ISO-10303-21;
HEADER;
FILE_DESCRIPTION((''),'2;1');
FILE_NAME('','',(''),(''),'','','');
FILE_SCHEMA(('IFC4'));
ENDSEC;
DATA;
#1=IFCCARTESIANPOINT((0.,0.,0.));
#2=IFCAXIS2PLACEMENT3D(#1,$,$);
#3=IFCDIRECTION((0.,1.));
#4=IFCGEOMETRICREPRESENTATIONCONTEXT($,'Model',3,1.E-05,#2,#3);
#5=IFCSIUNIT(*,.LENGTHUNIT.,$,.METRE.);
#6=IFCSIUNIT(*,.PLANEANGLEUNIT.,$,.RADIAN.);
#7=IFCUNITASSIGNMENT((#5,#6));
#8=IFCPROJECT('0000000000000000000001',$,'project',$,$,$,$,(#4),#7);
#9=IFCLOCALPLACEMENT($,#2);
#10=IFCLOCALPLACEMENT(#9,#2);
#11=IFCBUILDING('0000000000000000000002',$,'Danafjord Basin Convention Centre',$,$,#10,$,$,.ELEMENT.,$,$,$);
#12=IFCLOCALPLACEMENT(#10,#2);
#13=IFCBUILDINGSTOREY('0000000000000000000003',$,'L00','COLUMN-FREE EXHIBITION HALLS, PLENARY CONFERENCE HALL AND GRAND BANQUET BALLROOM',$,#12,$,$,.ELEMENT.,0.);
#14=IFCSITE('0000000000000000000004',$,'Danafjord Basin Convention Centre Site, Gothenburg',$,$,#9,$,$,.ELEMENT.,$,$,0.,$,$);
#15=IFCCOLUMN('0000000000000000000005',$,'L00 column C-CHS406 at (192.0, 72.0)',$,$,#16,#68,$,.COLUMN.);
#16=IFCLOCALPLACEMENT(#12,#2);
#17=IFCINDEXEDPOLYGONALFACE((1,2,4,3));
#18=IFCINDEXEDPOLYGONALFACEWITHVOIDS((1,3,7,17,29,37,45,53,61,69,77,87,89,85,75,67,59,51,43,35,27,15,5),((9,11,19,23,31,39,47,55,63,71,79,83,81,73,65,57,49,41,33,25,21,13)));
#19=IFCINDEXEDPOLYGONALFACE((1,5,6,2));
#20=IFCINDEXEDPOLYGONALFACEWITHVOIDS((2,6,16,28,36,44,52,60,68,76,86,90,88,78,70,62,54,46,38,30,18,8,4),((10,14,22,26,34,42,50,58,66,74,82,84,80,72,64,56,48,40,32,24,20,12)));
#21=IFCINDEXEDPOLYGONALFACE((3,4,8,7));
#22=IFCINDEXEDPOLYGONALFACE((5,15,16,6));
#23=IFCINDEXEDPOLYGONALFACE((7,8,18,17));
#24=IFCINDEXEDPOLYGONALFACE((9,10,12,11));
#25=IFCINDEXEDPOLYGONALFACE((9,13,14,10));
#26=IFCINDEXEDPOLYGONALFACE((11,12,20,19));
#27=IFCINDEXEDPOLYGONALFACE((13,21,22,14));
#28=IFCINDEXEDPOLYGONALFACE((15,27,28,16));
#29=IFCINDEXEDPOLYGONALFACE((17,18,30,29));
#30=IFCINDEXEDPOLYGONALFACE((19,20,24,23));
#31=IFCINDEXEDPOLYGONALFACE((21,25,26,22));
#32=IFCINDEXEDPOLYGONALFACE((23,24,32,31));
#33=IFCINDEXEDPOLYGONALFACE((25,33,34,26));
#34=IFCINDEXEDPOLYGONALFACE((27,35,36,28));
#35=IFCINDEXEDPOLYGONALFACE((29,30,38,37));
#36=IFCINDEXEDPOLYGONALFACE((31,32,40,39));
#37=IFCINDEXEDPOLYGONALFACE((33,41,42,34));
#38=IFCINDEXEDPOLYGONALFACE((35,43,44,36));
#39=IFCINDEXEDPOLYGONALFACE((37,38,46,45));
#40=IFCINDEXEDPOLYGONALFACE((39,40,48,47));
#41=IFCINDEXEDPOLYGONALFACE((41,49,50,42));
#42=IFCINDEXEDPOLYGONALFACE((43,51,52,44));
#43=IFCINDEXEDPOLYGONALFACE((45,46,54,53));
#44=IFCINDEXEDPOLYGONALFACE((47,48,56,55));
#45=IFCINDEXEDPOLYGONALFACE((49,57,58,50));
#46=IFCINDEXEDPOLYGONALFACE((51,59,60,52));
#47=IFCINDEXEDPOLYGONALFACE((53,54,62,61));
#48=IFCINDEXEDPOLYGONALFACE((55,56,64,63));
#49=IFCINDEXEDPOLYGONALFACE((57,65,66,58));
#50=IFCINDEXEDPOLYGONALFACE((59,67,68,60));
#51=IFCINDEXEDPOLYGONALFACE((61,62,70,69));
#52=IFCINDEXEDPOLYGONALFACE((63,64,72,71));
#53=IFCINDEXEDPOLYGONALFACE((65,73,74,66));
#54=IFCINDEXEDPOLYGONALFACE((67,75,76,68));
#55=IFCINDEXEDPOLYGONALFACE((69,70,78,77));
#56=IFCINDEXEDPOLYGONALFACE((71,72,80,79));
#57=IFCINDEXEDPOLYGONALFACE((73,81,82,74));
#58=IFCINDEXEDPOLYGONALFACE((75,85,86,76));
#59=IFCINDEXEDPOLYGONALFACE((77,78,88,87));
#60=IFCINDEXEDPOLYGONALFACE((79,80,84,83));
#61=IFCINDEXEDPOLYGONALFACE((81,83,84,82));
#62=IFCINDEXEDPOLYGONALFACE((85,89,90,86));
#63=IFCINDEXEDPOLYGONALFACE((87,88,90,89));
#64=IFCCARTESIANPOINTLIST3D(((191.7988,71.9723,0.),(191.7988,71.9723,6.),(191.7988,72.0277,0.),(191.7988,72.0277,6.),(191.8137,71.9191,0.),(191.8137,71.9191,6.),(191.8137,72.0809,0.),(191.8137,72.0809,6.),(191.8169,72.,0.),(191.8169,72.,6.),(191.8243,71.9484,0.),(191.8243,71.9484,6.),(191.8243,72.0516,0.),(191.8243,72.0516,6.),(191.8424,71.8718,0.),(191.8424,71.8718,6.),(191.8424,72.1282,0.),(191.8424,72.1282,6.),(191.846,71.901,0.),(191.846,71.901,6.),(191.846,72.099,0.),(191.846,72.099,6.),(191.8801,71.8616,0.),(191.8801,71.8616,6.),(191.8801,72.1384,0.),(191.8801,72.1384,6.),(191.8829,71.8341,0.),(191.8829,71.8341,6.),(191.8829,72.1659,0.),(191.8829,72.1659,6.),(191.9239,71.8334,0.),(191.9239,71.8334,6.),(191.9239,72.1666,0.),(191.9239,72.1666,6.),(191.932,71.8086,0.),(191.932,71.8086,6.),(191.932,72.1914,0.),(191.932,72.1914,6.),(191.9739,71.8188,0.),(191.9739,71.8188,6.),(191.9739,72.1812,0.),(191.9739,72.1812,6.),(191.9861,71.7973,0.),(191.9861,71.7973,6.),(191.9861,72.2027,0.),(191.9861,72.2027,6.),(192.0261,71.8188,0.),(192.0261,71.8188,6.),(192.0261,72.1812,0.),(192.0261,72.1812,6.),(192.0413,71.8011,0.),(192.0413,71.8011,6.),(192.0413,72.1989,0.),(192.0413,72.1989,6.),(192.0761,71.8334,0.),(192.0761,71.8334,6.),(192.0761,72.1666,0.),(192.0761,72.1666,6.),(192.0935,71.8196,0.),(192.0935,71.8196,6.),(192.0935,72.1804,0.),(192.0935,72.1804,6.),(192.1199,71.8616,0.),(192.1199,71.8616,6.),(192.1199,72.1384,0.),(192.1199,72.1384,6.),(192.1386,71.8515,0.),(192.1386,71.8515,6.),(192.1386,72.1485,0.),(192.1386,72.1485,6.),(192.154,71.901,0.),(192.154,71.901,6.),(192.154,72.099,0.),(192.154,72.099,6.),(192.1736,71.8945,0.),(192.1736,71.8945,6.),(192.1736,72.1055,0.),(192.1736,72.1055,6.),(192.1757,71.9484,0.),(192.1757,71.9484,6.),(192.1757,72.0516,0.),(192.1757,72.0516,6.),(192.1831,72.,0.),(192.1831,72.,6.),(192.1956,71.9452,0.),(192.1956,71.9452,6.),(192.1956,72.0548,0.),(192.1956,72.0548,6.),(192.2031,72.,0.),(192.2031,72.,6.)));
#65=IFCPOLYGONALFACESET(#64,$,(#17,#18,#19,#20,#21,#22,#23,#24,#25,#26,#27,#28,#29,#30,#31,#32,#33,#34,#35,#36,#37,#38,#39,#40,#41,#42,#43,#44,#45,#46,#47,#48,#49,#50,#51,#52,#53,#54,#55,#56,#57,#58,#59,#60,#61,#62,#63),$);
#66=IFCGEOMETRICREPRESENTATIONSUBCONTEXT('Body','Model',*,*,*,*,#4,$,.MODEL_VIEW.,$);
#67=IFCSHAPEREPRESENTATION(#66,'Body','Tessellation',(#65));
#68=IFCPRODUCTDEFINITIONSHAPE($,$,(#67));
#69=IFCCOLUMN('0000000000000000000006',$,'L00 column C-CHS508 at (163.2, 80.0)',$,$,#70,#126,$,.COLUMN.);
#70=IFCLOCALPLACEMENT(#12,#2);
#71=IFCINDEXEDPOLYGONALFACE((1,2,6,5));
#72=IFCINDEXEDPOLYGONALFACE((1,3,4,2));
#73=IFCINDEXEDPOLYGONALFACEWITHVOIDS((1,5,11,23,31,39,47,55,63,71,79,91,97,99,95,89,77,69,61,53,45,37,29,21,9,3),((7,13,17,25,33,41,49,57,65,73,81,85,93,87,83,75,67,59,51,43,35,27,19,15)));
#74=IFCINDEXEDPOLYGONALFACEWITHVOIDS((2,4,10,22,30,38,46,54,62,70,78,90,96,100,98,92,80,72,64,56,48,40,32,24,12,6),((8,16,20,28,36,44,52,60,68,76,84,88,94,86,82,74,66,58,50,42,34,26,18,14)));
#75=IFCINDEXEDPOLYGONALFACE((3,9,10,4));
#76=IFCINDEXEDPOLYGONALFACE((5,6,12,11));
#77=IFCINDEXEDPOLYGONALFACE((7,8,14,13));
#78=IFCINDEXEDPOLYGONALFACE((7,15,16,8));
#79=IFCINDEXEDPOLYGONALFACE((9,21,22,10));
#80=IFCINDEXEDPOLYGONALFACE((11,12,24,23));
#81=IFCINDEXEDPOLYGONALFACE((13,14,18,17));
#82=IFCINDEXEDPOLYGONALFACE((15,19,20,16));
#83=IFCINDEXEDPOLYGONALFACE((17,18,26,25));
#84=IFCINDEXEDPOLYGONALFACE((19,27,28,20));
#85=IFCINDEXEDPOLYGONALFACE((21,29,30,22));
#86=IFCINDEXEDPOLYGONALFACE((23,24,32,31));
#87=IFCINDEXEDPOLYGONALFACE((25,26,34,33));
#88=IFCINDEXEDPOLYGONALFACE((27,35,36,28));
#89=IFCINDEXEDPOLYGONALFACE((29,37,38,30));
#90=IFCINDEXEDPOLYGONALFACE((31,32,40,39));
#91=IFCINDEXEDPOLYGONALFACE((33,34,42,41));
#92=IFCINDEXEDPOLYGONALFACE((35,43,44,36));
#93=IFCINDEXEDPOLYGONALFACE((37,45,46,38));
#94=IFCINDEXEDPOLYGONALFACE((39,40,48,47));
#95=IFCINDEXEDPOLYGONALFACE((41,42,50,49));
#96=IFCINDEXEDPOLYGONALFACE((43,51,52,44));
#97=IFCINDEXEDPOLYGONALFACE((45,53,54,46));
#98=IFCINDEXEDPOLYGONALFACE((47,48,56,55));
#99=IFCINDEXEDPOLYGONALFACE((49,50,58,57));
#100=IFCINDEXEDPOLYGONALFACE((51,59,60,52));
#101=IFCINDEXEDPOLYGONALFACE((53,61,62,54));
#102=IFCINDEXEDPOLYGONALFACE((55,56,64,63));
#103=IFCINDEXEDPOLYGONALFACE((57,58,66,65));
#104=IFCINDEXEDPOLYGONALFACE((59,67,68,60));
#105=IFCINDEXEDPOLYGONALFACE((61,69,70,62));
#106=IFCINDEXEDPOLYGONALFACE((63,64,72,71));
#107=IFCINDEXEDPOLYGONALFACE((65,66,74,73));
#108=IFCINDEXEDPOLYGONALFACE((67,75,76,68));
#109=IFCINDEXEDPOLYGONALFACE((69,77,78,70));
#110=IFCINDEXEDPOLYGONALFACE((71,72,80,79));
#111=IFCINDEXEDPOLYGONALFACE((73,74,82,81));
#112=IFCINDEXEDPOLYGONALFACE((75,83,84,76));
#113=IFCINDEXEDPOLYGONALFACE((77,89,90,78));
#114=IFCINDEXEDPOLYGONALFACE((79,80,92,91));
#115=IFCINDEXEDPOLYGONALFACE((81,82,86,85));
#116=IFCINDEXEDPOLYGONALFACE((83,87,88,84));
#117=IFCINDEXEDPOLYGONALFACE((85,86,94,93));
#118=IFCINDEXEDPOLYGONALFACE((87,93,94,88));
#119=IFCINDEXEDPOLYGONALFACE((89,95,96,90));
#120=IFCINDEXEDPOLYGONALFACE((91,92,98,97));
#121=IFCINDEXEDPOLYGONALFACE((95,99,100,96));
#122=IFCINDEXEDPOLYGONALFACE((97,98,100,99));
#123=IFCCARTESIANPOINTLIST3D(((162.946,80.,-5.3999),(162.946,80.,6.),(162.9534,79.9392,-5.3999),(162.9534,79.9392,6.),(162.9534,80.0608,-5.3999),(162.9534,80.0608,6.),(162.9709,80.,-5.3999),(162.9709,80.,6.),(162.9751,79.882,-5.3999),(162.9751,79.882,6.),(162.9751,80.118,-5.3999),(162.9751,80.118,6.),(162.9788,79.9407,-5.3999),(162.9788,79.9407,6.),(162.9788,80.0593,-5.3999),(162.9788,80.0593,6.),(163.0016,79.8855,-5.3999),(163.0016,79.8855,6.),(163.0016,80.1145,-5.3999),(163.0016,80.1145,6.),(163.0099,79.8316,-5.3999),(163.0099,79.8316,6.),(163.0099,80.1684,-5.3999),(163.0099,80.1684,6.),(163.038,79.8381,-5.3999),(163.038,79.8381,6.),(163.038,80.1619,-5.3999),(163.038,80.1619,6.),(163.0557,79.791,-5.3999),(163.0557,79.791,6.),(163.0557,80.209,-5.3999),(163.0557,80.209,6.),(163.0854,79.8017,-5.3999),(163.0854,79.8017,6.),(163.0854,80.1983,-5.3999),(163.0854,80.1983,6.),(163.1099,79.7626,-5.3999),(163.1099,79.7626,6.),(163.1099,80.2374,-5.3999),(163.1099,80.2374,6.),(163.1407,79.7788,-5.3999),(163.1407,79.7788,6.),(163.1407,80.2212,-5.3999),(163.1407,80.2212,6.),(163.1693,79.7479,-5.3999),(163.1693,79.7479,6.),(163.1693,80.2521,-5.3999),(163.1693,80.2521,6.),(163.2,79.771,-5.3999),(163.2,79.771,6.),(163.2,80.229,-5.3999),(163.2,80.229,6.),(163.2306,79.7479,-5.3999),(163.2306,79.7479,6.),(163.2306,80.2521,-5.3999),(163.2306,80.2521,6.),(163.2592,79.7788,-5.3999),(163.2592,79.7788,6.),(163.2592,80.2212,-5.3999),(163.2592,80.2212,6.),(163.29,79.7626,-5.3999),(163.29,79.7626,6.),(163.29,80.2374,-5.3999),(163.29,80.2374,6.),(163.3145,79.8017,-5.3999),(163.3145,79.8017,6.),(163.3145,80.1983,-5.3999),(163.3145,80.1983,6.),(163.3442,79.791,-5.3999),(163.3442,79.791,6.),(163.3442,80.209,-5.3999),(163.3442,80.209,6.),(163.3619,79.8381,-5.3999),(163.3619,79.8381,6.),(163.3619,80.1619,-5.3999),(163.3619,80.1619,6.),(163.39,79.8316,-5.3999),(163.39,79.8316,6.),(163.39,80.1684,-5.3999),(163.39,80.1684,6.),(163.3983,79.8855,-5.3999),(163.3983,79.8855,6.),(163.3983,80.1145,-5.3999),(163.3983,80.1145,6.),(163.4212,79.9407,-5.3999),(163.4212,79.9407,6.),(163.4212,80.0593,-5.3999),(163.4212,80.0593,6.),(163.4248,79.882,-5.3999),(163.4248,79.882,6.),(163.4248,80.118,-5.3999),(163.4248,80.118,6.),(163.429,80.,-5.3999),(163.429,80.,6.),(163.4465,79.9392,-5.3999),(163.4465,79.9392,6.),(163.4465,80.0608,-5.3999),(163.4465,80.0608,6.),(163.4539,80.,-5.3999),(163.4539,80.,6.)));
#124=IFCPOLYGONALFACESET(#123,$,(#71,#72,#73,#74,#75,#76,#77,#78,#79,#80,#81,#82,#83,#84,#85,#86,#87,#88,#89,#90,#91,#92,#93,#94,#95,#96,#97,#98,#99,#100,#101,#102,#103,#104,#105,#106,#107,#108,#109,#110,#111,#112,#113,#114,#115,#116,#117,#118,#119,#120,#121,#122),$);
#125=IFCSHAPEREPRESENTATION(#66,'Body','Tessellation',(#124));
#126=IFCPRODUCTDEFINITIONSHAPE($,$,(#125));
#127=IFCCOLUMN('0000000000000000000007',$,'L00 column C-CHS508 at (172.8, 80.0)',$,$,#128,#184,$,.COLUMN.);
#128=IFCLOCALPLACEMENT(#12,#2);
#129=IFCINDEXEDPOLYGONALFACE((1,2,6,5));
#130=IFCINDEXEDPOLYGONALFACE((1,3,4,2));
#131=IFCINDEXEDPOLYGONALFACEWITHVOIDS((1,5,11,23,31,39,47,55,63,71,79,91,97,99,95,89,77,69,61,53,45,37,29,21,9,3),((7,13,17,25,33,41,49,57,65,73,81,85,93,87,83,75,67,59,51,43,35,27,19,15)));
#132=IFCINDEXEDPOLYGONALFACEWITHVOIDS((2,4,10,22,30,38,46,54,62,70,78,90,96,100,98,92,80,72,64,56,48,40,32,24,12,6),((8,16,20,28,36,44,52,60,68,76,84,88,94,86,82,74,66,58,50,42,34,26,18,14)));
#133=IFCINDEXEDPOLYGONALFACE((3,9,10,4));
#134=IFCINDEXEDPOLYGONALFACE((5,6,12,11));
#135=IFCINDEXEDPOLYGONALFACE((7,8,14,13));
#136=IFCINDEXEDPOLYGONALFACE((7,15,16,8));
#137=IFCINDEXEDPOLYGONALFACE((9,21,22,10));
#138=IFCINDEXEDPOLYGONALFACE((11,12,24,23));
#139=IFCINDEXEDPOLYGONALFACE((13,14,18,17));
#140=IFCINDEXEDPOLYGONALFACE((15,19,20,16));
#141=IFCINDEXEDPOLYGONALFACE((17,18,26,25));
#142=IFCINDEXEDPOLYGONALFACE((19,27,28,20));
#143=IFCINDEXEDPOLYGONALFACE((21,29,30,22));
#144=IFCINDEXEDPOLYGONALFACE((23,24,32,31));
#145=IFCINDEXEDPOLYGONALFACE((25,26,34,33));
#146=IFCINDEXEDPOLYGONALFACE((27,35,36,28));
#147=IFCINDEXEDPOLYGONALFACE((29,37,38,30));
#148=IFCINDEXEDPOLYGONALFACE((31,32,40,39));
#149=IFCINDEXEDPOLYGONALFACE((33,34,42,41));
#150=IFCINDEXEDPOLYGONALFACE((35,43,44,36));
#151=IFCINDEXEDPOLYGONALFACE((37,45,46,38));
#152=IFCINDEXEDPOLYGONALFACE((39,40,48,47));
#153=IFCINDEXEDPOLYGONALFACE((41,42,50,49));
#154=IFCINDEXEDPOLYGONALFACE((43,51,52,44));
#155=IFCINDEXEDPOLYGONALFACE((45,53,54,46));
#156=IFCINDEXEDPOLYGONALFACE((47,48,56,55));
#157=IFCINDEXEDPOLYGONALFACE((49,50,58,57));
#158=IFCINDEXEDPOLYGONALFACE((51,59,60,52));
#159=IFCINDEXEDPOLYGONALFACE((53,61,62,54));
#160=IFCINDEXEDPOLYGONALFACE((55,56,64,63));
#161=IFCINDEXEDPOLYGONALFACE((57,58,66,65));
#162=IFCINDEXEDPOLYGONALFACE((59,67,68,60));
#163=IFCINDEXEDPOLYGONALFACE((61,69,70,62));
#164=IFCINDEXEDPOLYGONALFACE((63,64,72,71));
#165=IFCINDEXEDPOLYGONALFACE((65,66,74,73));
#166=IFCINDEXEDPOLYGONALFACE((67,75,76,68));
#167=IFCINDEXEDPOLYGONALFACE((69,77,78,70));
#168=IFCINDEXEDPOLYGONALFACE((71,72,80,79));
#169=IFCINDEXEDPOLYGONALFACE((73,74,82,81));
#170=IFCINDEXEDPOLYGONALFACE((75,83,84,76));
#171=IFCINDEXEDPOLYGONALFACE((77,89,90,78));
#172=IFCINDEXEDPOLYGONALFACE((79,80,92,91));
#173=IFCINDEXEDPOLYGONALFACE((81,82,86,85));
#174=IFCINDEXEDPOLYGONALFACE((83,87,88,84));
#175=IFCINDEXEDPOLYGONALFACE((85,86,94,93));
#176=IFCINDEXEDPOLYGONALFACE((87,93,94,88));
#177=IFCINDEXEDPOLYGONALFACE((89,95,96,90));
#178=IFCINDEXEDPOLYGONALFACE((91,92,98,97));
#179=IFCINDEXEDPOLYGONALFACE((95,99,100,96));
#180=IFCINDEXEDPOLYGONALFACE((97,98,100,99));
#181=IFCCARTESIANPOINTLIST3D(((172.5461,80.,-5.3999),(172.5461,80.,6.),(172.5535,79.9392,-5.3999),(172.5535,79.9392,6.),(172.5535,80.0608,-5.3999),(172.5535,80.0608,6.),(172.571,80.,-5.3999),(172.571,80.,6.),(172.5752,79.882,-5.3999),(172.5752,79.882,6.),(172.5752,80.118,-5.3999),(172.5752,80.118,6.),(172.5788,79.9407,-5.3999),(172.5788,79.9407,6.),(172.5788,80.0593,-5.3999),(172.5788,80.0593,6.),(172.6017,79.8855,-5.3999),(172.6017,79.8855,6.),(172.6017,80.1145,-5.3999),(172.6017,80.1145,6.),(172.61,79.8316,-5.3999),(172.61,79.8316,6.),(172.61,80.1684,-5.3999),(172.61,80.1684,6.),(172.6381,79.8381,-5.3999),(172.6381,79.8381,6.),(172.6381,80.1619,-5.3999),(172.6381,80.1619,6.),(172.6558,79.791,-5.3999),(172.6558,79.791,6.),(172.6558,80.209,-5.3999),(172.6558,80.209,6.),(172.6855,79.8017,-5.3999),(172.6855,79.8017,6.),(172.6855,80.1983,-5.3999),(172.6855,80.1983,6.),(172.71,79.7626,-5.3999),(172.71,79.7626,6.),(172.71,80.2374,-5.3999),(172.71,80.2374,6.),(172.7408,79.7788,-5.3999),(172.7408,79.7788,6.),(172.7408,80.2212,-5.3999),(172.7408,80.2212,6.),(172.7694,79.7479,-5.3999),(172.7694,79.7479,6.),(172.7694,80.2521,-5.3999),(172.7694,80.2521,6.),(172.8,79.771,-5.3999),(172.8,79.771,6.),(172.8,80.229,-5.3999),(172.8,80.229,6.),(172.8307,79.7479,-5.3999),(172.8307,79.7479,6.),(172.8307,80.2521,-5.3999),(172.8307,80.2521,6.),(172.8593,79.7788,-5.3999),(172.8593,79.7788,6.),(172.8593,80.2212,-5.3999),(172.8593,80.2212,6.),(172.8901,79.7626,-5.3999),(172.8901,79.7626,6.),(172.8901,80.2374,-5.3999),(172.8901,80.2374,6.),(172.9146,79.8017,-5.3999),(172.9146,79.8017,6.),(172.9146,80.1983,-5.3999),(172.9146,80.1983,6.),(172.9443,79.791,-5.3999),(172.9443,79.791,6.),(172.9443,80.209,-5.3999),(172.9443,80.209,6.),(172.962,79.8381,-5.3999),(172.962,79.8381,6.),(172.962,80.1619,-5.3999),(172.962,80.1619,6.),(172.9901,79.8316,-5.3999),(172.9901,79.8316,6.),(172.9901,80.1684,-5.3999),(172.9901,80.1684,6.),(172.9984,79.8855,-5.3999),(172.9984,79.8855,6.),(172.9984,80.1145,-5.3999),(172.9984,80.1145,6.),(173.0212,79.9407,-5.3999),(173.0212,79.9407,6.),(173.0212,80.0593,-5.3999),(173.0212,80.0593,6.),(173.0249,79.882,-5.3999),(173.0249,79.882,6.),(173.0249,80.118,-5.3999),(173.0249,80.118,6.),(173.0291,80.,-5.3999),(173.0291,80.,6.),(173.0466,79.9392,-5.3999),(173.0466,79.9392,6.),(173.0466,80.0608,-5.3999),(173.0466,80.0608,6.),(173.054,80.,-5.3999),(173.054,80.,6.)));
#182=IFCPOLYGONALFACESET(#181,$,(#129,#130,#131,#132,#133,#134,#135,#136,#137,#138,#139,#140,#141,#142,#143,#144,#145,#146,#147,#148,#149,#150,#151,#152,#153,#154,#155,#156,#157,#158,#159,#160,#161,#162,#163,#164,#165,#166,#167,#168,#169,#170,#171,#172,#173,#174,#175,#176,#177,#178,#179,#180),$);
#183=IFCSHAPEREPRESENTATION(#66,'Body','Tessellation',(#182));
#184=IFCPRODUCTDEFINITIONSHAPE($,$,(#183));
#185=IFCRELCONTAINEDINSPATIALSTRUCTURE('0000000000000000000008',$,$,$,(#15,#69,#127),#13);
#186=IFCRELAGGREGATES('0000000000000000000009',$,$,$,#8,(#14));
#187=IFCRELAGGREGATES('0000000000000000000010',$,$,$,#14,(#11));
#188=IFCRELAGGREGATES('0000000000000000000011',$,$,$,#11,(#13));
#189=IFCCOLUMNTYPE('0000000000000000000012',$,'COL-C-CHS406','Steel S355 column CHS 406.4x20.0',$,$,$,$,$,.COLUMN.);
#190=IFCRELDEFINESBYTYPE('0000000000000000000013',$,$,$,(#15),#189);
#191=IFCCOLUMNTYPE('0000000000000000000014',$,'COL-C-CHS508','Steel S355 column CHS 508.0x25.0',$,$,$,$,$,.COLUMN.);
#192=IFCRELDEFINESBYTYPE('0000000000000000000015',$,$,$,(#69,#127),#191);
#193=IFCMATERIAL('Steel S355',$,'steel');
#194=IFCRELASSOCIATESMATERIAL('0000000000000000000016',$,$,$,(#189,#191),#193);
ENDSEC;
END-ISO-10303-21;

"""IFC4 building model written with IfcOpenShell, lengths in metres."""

from ifc_helpers import new_model, si_unit, direction, frame, origin, origin_2d, place, context, subcontext, project, spatial, hollow_circle, extrude, material, material_profile, profile_set, type_object, element, save


model = new_model("IFC4")

# Units and contexts
model_context = context("Model", 3, precision=1e-05, world=origin(), true_north=direction((0.0, 1.0)))
body_context = subcontext(model_context, "Body", "Model", "MODEL_VIEW")
ifc_project = project(units=[si_unit("LENGTHUNIT", "METRE"), si_unit("PLANEANGLEUNIT", "RADIAN")], contexts=[model_context])

# Site, building, storey
site_placement = place(None, origin())
site = spatial("IfcSite", under=ifc_project, at=site_placement, Name="Danafjord Basin Convention Centre Site, Gothenburg", CompositionType="ELEMENT", RefElevation=0.0)
building_placement = place(site_placement, origin())
building = spatial("IfcBuilding", under=site, at=building_placement, Name="Danafjord Basin Convention Centre", CompositionType="ELEMENT")
storey_placement = place(building_placement, origin())
storey = spatial("IfcBuildingStorey", under=building, at=storey_placement, Name="L00", Description="COLUMN-FREE EXHIBITION HALLS, PLENARY CONFERENCE HALL AND GRAND BANQUET BALLROOM", CompositionType="ELEMENT", Elevation=0.0)

# Columns
ifc_material_1 = material(Name="Steel S355", Category="steel")
ifc_material_profile_1 = material_profile(ifc_material_1, hollow_circle(Radius=0.2031, WallThickness=0.02, at=origin_2d()), Name="CHS 406.4x20.0")
ifc_profile_set_1 = profile_set([ifc_material_profile_1], Name="Steel S355")
column_type_1 = type_object("IfcColumnType", Name="COL-C-CHS406", Description="Steel S355 column CHS 406.4x20.0", PredefinedType="COLUMN", material=ifc_profile_set_1)
column_1_placement = place(storey_placement, frame((192.0, 72.0, 0.0), z_axis=(0.0, 0.0, 1.0), x_axis=(1.0, 0.0, 0.0)))
element("IfcColumn", 1, at=column_1_placement, inside=storey, type_object=column_type_1, Name="L00 column C-CHS406 at (192.0, 72.0)", PredefinedType="COLUMN", context=body_context, shape_type="SweptSolid", body=[
    extrude(hollow_circle(Radius=0.2031, WallThickness=0.02, at=origin_2d()), origin(), (0.0, 0.0, 1.0), 6.0),
])
ifc_material_profile_2 = material_profile(ifc_material_1, hollow_circle(Radius=0.2539, WallThickness=0.0249, at=origin_2d()), Name="CHS 508.0x25.0")
ifc_profile_set_2 = profile_set([ifc_material_profile_2], Name="Steel S355")
column_type_2 = type_object("IfcColumnType", Name="COL-C-CHS508", Description="Steel S355 column CHS 508.0x25.0", PredefinedType="COLUMN", material=ifc_profile_set_2)
for number, where, z_axis, x_axis, name in (
    (2, (163.2, 80.0, -5.3999), (0.0, 0.0, 1.0), (1.0, 0.0, 0.0), "L00 column C-CHS508 at (163.2, 80.0)"),
    (3, (172.8, 80.0, -5.3999), (0.0, 0.0, 1.0), (1.0, 0.0, 0.0), "L00 column C-CHS508 at (172.8, 80.0)"),
):
    element("IfcColumn", number, at=place(storey_placement, frame(where, z_axis=z_axis, x_axis=x_axis)), inside=storey, type_object=column_type_2, Name=name, PredefinedType="COLUMN", context=body_context, shape_type="SweptSolid", body=[
        extrude(hollow_circle(Radius=0.2539, WallThickness=0.0249, at=origin_2d()), origin(), (0.0, 0.0, 1.0), 11.3999),
    ])

save(model, "model.ifc")
